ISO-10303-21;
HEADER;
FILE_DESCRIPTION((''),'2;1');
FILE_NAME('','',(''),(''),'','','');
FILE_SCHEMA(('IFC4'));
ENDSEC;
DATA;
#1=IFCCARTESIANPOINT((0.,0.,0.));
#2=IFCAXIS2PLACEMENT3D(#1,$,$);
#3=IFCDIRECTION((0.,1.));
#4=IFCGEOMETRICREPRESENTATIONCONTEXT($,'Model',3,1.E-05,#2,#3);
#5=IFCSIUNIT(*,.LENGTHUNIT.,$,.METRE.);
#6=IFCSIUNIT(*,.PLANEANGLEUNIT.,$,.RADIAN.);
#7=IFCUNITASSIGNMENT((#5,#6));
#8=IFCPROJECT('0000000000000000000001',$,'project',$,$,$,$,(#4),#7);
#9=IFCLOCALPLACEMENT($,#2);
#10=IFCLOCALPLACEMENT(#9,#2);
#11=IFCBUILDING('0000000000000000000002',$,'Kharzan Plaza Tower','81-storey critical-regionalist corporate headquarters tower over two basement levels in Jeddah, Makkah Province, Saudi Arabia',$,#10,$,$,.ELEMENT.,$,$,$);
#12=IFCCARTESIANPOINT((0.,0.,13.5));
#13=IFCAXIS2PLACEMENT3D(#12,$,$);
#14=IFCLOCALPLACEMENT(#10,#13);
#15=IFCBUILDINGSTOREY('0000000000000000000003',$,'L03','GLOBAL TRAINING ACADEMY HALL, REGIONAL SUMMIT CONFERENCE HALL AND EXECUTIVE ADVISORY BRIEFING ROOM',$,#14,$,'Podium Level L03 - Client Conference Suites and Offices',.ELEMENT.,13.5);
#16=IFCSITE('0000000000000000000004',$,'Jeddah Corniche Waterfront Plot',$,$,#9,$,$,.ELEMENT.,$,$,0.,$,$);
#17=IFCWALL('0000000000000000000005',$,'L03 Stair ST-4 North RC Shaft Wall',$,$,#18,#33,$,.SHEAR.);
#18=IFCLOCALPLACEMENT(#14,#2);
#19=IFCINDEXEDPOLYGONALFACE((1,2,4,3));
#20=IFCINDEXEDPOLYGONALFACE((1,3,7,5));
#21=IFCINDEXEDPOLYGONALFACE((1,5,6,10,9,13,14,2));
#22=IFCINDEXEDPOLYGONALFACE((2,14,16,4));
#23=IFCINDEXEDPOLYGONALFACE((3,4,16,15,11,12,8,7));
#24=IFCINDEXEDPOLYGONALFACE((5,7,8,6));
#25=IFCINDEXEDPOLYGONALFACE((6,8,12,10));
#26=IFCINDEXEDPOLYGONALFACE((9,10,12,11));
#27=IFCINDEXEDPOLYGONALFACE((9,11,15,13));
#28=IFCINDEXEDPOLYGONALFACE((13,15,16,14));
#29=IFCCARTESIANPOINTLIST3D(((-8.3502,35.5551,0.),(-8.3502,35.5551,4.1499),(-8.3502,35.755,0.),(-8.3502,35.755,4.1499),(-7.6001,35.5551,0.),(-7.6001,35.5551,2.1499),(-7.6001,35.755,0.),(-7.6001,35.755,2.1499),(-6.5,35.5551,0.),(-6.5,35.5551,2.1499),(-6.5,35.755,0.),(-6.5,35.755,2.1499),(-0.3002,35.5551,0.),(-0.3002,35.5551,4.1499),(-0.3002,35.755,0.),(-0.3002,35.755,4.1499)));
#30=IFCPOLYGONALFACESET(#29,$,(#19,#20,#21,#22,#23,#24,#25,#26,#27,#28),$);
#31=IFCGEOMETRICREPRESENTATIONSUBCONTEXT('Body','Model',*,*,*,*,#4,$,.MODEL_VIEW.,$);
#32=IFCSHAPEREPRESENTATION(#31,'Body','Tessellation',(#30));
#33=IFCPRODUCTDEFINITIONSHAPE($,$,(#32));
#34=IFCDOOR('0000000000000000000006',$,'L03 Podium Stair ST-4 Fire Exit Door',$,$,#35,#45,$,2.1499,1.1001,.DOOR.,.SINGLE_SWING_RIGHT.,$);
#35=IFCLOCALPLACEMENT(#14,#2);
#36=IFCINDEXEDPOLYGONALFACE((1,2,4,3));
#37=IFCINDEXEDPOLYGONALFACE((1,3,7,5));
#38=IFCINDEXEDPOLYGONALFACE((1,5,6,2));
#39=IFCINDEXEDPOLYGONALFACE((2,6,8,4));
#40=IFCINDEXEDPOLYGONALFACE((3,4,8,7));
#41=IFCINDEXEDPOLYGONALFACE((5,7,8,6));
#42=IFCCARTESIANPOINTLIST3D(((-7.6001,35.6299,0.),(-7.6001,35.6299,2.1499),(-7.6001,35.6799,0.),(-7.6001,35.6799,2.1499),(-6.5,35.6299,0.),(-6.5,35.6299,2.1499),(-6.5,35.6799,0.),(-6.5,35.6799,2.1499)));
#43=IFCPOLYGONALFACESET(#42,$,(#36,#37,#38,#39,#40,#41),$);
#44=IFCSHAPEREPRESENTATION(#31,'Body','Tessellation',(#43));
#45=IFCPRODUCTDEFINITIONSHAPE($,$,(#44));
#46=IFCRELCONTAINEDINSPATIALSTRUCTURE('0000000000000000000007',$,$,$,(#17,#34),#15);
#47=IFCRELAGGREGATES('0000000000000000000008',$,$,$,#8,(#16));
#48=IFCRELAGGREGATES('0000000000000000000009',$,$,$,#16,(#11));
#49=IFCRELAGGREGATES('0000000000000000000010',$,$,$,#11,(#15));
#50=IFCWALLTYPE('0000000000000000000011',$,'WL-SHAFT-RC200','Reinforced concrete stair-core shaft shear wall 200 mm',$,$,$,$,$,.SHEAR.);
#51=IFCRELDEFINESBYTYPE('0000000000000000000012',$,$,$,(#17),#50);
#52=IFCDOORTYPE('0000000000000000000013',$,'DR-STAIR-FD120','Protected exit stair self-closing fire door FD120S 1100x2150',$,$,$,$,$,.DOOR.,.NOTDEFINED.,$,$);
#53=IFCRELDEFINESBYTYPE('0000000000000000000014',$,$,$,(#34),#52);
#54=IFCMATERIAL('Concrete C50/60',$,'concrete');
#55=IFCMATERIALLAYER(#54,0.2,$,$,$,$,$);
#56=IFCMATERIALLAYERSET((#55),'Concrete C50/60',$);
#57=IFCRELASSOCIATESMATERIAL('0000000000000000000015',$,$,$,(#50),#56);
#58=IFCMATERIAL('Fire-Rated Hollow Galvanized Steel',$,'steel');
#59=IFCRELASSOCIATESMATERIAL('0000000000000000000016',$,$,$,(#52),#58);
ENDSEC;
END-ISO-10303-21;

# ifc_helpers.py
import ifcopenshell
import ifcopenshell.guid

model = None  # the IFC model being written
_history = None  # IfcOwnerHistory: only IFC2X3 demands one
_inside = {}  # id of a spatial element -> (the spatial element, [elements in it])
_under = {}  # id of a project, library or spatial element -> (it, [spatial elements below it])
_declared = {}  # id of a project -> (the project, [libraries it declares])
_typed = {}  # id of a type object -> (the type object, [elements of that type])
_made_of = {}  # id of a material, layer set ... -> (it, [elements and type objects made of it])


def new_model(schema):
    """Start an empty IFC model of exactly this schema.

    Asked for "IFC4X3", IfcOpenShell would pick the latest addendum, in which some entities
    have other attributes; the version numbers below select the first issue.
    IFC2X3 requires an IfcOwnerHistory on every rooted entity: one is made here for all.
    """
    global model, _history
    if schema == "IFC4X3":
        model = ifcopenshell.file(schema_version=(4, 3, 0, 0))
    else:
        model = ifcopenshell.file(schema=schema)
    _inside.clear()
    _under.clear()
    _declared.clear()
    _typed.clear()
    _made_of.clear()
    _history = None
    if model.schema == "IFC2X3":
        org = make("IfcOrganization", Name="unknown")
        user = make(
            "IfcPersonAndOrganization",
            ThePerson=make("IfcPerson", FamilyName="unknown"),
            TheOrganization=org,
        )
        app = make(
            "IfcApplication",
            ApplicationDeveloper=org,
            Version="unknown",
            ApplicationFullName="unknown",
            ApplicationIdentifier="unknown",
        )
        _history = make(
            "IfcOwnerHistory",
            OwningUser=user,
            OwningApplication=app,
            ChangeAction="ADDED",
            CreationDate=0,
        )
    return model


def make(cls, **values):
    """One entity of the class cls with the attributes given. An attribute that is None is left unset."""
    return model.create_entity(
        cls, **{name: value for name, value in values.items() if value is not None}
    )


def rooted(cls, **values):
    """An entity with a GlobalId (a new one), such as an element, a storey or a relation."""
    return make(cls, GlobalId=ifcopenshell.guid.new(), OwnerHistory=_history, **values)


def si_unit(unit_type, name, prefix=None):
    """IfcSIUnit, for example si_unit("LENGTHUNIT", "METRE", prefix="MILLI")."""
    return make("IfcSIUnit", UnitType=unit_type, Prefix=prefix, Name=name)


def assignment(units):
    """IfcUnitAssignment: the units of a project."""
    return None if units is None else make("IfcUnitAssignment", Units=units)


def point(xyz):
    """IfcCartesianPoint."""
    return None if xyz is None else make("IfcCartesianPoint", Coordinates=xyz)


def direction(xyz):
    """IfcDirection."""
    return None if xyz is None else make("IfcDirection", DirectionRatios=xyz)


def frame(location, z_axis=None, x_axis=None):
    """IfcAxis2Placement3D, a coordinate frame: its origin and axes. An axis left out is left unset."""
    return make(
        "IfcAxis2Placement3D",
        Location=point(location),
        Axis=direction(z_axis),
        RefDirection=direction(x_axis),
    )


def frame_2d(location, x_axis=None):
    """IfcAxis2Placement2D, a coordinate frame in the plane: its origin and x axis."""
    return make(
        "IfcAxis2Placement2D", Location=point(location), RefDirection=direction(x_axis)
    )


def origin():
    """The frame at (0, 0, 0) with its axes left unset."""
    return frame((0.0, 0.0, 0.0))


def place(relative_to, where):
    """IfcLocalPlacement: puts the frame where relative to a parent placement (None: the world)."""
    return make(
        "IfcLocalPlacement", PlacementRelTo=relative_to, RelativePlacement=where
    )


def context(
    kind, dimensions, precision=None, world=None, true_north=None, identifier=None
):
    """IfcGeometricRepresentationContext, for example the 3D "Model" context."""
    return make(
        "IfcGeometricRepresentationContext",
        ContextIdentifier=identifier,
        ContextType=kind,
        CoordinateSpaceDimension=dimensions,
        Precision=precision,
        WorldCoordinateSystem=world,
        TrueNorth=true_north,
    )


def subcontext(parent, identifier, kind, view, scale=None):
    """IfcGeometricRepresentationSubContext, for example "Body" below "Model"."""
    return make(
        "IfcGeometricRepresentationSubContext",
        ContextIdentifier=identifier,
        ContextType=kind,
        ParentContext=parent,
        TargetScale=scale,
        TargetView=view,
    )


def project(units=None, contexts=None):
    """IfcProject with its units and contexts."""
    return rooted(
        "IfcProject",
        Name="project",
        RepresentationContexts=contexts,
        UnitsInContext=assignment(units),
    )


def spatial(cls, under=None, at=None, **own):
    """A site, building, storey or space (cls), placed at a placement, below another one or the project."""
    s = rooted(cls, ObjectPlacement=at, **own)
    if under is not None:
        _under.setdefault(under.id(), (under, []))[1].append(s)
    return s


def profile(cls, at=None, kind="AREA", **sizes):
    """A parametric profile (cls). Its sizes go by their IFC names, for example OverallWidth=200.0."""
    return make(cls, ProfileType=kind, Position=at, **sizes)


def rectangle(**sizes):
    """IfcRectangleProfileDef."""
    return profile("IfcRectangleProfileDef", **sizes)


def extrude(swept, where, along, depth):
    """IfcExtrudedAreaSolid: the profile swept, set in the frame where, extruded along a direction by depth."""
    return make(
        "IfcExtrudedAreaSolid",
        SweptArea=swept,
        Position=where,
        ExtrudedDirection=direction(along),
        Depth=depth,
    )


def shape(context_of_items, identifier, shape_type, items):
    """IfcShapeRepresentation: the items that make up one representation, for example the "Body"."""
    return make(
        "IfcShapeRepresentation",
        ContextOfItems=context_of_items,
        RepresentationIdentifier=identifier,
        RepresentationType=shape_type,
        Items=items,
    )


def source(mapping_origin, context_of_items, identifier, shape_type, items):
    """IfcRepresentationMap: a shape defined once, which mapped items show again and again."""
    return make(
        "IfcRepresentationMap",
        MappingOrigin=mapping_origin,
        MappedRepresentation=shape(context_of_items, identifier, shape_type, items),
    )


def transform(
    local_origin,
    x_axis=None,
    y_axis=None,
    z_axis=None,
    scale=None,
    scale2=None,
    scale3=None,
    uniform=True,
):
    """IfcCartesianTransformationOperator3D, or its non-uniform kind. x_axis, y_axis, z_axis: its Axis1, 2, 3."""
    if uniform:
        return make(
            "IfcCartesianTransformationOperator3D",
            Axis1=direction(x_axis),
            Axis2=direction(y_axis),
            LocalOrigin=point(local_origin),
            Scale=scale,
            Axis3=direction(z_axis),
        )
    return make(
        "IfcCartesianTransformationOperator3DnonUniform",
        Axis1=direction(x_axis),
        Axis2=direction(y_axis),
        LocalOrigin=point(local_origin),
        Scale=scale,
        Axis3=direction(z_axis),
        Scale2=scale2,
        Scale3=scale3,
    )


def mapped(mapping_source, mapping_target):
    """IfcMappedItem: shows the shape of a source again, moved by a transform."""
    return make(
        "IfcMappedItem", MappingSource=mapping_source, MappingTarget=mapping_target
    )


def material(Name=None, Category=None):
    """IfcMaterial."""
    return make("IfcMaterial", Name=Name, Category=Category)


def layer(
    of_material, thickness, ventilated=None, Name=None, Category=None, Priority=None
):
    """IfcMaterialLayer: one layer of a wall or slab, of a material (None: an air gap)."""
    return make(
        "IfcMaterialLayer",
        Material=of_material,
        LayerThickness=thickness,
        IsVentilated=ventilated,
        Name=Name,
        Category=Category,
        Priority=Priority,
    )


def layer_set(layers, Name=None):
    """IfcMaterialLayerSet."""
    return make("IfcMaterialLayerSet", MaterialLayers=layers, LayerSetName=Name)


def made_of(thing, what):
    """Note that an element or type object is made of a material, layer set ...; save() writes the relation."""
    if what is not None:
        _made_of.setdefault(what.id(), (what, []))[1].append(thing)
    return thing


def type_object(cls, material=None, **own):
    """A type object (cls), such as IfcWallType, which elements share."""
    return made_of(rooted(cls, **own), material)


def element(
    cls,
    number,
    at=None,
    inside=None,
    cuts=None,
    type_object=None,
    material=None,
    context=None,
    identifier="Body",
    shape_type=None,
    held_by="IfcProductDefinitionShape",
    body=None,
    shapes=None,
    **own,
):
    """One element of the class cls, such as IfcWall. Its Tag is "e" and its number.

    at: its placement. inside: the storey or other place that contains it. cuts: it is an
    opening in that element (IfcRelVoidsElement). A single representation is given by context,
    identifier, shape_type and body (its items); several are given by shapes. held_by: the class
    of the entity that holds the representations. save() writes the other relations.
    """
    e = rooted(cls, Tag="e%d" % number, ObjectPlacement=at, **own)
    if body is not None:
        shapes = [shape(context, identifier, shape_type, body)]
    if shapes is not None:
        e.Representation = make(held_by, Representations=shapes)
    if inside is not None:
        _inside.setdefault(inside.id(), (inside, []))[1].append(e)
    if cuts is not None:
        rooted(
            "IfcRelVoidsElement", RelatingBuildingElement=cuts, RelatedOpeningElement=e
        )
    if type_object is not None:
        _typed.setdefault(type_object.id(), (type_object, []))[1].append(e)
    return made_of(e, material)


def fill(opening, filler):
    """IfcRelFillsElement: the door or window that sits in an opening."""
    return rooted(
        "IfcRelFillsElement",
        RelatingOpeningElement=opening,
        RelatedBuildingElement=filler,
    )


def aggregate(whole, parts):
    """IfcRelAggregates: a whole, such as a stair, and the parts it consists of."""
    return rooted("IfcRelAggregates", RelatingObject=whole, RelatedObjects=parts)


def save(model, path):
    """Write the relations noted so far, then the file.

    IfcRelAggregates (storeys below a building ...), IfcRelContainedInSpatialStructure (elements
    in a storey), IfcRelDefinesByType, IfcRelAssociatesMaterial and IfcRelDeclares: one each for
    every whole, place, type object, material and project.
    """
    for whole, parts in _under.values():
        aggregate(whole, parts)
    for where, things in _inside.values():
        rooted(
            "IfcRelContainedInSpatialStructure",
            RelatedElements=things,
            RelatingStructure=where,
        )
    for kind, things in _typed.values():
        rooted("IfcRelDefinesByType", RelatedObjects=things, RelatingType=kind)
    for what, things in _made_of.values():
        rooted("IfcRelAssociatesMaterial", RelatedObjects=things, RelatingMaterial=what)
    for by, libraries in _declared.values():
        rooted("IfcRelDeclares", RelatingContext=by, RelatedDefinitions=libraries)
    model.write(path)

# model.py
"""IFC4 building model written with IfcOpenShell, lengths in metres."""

from ifc_helpers import new_model, si_unit, direction, frame, frame_2d, origin, place, context, subcontext, project, spatial, rectangle, extrude, source, transform, mapped, material, layer, layer_set, type_object, element, fill, save


model = new_model("IFC4")

# Units and contexts
model_context = context("Model", 3, precision=1e-05, world=origin(), true_north=direction((0.0, 1.0)))
body_context = subcontext(model_context, "Body", "Model", "MODEL_VIEW")
ifc_project = project(units=[si_unit("LENGTHUNIT", "METRE"), si_unit("PLANEANGLEUNIT", "RADIAN")], contexts=[model_context])

# Site, building, storey
site_placement = place(None, origin())
site = spatial("IfcSite", under=ifc_project, at=site_placement, Name="Jeddah Corniche Waterfront Plot", CompositionType="ELEMENT", RefElevation=0.0)
building_placement = place(site_placement, origin())
building = spatial("IfcBuilding", under=site, at=building_placement, Name="Kharzan Plaza Tower", Description="81-storey critical-regionalist corporate headquarters tower over two basement levels in Jeddah, Makkah Province, Saudi Arabia", CompositionType="ELEMENT")
storey_placement = place(building_placement, frame((0.0, 0.0, 13.5)))
storey = spatial("IfcBuildingStorey", under=building, at=storey_placement, Name="L03", Description="GLOBAL TRAINING ACADEMY HALL, REGIONAL SUMMIT CONFERENCE HALL AND EXECUTIVE ADVISORY BRIEFING ROOM", LongName="Podium Level L03 - Client Conference Suites and Offices", CompositionType="ELEMENT", Elevation=13.5)

# Wall, opening, door
ifc_material_1 = material(Name="Concrete C50/60", Category="concrete")
ifc_layer_1 = layer(ifc_material_1, 0.2)
ifc_layer_set_1 = layer_set([ifc_layer_1], Name="Concrete C50/60")
wall_type_1 = type_object("IfcWallType", Name="WL-SHAFT-RC200", Description="Reinforced concrete stair-core shaft shear wall 200 mm", PredefinedType="SHEAR", material=ifc_layer_set_1)
wall_1_placement = place(storey_placement, frame((-8.3501, 35.655, 0.0), z_axis=(0.0, 0.0, 1.0), x_axis=(1.0, 0.0, 0.0)))
wall_1 = element("IfcWall", 1, at=wall_1_placement, inside=storey, type_object=wall_type_1, Name="L03 Stair ST-4 North RC Shaft Wall", PredefinedType="SHEAR", context=body_context, shape_type="SweptSolid", body=[
    extrude(rectangle(XDim=8.05, YDim=0.2, at=frame_2d((4.0249, 0.0))), origin(), (0.0, 0.0, 1.0), 4.1499),
])
opening_1_placement = place(wall_1_placement, frame((0.75, 0.0, 0.0)))
opening_1 = element("IfcOpeningElement", 2, at=opening_1_placement, cuts=wall_1, PredefinedType="OPENING", context=body_context, shape_type="SweptSolid", body=[
    extrude(rectangle(XDim=1.1001, YDim=2.1499, at=frame_2d((0.55, 1.075))), frame((0.0, 0.1099, 0.0), z_axis=(0.0, -1.0, 0.0), x_axis=(1.0, 0.0, 0.0)), (0.0, 0.0, 1.0), 0.22),
])
ifc_material_2 = material(Name="Fire-Rated Hollow Galvanized Steel", Category="steel")
door_type = type_object("IfcDoorType", Name="DR-STAIR-FD120", Description="Protected exit stair self-closing fire door FD120S 1100x2150", OperationType="NOTDEFINED", PredefinedType="DOOR", material=ifc_material_2)
shared_shape_1 = source(origin(), body_context, "Body", "SweptSolid", [
    extrude(rectangle(XDim=1.1001, YDim=2.1499, at=frame_2d((0.55, 1.075))), frame((0.0, 0.0249, 0.0), z_axis=(0.0, -1.0, 0.0), x_axis=(1.0, 0.0, 0.0)), (0.0, 0.0, 1.0), 0.05),
])
door_placement = place(opening_1_placement, origin())
door = element("IfcDoor", 3, at=door_placement, inside=storey, type_object=door_type, Name="L03 Podium Stair ST-4 Fire Exit Door", OperationType="SINGLE_SWING_RIGHT", OverallHeight=2.1499, OverallWidth=1.1001, PredefinedType="DOOR", context=body_context, shape_type="MappedRepresentation", body=[
    mapped(shared_shape_1, transform((0.0, 0.0, 0.0), x_axis=(1.0, 0.0, 0.0), y_axis=(0.0, 1.0, 0.0), z_axis=(0.0, 0.0, 1.0))),
])
fill(opening_1, door)

save(model, "model.ifc")
